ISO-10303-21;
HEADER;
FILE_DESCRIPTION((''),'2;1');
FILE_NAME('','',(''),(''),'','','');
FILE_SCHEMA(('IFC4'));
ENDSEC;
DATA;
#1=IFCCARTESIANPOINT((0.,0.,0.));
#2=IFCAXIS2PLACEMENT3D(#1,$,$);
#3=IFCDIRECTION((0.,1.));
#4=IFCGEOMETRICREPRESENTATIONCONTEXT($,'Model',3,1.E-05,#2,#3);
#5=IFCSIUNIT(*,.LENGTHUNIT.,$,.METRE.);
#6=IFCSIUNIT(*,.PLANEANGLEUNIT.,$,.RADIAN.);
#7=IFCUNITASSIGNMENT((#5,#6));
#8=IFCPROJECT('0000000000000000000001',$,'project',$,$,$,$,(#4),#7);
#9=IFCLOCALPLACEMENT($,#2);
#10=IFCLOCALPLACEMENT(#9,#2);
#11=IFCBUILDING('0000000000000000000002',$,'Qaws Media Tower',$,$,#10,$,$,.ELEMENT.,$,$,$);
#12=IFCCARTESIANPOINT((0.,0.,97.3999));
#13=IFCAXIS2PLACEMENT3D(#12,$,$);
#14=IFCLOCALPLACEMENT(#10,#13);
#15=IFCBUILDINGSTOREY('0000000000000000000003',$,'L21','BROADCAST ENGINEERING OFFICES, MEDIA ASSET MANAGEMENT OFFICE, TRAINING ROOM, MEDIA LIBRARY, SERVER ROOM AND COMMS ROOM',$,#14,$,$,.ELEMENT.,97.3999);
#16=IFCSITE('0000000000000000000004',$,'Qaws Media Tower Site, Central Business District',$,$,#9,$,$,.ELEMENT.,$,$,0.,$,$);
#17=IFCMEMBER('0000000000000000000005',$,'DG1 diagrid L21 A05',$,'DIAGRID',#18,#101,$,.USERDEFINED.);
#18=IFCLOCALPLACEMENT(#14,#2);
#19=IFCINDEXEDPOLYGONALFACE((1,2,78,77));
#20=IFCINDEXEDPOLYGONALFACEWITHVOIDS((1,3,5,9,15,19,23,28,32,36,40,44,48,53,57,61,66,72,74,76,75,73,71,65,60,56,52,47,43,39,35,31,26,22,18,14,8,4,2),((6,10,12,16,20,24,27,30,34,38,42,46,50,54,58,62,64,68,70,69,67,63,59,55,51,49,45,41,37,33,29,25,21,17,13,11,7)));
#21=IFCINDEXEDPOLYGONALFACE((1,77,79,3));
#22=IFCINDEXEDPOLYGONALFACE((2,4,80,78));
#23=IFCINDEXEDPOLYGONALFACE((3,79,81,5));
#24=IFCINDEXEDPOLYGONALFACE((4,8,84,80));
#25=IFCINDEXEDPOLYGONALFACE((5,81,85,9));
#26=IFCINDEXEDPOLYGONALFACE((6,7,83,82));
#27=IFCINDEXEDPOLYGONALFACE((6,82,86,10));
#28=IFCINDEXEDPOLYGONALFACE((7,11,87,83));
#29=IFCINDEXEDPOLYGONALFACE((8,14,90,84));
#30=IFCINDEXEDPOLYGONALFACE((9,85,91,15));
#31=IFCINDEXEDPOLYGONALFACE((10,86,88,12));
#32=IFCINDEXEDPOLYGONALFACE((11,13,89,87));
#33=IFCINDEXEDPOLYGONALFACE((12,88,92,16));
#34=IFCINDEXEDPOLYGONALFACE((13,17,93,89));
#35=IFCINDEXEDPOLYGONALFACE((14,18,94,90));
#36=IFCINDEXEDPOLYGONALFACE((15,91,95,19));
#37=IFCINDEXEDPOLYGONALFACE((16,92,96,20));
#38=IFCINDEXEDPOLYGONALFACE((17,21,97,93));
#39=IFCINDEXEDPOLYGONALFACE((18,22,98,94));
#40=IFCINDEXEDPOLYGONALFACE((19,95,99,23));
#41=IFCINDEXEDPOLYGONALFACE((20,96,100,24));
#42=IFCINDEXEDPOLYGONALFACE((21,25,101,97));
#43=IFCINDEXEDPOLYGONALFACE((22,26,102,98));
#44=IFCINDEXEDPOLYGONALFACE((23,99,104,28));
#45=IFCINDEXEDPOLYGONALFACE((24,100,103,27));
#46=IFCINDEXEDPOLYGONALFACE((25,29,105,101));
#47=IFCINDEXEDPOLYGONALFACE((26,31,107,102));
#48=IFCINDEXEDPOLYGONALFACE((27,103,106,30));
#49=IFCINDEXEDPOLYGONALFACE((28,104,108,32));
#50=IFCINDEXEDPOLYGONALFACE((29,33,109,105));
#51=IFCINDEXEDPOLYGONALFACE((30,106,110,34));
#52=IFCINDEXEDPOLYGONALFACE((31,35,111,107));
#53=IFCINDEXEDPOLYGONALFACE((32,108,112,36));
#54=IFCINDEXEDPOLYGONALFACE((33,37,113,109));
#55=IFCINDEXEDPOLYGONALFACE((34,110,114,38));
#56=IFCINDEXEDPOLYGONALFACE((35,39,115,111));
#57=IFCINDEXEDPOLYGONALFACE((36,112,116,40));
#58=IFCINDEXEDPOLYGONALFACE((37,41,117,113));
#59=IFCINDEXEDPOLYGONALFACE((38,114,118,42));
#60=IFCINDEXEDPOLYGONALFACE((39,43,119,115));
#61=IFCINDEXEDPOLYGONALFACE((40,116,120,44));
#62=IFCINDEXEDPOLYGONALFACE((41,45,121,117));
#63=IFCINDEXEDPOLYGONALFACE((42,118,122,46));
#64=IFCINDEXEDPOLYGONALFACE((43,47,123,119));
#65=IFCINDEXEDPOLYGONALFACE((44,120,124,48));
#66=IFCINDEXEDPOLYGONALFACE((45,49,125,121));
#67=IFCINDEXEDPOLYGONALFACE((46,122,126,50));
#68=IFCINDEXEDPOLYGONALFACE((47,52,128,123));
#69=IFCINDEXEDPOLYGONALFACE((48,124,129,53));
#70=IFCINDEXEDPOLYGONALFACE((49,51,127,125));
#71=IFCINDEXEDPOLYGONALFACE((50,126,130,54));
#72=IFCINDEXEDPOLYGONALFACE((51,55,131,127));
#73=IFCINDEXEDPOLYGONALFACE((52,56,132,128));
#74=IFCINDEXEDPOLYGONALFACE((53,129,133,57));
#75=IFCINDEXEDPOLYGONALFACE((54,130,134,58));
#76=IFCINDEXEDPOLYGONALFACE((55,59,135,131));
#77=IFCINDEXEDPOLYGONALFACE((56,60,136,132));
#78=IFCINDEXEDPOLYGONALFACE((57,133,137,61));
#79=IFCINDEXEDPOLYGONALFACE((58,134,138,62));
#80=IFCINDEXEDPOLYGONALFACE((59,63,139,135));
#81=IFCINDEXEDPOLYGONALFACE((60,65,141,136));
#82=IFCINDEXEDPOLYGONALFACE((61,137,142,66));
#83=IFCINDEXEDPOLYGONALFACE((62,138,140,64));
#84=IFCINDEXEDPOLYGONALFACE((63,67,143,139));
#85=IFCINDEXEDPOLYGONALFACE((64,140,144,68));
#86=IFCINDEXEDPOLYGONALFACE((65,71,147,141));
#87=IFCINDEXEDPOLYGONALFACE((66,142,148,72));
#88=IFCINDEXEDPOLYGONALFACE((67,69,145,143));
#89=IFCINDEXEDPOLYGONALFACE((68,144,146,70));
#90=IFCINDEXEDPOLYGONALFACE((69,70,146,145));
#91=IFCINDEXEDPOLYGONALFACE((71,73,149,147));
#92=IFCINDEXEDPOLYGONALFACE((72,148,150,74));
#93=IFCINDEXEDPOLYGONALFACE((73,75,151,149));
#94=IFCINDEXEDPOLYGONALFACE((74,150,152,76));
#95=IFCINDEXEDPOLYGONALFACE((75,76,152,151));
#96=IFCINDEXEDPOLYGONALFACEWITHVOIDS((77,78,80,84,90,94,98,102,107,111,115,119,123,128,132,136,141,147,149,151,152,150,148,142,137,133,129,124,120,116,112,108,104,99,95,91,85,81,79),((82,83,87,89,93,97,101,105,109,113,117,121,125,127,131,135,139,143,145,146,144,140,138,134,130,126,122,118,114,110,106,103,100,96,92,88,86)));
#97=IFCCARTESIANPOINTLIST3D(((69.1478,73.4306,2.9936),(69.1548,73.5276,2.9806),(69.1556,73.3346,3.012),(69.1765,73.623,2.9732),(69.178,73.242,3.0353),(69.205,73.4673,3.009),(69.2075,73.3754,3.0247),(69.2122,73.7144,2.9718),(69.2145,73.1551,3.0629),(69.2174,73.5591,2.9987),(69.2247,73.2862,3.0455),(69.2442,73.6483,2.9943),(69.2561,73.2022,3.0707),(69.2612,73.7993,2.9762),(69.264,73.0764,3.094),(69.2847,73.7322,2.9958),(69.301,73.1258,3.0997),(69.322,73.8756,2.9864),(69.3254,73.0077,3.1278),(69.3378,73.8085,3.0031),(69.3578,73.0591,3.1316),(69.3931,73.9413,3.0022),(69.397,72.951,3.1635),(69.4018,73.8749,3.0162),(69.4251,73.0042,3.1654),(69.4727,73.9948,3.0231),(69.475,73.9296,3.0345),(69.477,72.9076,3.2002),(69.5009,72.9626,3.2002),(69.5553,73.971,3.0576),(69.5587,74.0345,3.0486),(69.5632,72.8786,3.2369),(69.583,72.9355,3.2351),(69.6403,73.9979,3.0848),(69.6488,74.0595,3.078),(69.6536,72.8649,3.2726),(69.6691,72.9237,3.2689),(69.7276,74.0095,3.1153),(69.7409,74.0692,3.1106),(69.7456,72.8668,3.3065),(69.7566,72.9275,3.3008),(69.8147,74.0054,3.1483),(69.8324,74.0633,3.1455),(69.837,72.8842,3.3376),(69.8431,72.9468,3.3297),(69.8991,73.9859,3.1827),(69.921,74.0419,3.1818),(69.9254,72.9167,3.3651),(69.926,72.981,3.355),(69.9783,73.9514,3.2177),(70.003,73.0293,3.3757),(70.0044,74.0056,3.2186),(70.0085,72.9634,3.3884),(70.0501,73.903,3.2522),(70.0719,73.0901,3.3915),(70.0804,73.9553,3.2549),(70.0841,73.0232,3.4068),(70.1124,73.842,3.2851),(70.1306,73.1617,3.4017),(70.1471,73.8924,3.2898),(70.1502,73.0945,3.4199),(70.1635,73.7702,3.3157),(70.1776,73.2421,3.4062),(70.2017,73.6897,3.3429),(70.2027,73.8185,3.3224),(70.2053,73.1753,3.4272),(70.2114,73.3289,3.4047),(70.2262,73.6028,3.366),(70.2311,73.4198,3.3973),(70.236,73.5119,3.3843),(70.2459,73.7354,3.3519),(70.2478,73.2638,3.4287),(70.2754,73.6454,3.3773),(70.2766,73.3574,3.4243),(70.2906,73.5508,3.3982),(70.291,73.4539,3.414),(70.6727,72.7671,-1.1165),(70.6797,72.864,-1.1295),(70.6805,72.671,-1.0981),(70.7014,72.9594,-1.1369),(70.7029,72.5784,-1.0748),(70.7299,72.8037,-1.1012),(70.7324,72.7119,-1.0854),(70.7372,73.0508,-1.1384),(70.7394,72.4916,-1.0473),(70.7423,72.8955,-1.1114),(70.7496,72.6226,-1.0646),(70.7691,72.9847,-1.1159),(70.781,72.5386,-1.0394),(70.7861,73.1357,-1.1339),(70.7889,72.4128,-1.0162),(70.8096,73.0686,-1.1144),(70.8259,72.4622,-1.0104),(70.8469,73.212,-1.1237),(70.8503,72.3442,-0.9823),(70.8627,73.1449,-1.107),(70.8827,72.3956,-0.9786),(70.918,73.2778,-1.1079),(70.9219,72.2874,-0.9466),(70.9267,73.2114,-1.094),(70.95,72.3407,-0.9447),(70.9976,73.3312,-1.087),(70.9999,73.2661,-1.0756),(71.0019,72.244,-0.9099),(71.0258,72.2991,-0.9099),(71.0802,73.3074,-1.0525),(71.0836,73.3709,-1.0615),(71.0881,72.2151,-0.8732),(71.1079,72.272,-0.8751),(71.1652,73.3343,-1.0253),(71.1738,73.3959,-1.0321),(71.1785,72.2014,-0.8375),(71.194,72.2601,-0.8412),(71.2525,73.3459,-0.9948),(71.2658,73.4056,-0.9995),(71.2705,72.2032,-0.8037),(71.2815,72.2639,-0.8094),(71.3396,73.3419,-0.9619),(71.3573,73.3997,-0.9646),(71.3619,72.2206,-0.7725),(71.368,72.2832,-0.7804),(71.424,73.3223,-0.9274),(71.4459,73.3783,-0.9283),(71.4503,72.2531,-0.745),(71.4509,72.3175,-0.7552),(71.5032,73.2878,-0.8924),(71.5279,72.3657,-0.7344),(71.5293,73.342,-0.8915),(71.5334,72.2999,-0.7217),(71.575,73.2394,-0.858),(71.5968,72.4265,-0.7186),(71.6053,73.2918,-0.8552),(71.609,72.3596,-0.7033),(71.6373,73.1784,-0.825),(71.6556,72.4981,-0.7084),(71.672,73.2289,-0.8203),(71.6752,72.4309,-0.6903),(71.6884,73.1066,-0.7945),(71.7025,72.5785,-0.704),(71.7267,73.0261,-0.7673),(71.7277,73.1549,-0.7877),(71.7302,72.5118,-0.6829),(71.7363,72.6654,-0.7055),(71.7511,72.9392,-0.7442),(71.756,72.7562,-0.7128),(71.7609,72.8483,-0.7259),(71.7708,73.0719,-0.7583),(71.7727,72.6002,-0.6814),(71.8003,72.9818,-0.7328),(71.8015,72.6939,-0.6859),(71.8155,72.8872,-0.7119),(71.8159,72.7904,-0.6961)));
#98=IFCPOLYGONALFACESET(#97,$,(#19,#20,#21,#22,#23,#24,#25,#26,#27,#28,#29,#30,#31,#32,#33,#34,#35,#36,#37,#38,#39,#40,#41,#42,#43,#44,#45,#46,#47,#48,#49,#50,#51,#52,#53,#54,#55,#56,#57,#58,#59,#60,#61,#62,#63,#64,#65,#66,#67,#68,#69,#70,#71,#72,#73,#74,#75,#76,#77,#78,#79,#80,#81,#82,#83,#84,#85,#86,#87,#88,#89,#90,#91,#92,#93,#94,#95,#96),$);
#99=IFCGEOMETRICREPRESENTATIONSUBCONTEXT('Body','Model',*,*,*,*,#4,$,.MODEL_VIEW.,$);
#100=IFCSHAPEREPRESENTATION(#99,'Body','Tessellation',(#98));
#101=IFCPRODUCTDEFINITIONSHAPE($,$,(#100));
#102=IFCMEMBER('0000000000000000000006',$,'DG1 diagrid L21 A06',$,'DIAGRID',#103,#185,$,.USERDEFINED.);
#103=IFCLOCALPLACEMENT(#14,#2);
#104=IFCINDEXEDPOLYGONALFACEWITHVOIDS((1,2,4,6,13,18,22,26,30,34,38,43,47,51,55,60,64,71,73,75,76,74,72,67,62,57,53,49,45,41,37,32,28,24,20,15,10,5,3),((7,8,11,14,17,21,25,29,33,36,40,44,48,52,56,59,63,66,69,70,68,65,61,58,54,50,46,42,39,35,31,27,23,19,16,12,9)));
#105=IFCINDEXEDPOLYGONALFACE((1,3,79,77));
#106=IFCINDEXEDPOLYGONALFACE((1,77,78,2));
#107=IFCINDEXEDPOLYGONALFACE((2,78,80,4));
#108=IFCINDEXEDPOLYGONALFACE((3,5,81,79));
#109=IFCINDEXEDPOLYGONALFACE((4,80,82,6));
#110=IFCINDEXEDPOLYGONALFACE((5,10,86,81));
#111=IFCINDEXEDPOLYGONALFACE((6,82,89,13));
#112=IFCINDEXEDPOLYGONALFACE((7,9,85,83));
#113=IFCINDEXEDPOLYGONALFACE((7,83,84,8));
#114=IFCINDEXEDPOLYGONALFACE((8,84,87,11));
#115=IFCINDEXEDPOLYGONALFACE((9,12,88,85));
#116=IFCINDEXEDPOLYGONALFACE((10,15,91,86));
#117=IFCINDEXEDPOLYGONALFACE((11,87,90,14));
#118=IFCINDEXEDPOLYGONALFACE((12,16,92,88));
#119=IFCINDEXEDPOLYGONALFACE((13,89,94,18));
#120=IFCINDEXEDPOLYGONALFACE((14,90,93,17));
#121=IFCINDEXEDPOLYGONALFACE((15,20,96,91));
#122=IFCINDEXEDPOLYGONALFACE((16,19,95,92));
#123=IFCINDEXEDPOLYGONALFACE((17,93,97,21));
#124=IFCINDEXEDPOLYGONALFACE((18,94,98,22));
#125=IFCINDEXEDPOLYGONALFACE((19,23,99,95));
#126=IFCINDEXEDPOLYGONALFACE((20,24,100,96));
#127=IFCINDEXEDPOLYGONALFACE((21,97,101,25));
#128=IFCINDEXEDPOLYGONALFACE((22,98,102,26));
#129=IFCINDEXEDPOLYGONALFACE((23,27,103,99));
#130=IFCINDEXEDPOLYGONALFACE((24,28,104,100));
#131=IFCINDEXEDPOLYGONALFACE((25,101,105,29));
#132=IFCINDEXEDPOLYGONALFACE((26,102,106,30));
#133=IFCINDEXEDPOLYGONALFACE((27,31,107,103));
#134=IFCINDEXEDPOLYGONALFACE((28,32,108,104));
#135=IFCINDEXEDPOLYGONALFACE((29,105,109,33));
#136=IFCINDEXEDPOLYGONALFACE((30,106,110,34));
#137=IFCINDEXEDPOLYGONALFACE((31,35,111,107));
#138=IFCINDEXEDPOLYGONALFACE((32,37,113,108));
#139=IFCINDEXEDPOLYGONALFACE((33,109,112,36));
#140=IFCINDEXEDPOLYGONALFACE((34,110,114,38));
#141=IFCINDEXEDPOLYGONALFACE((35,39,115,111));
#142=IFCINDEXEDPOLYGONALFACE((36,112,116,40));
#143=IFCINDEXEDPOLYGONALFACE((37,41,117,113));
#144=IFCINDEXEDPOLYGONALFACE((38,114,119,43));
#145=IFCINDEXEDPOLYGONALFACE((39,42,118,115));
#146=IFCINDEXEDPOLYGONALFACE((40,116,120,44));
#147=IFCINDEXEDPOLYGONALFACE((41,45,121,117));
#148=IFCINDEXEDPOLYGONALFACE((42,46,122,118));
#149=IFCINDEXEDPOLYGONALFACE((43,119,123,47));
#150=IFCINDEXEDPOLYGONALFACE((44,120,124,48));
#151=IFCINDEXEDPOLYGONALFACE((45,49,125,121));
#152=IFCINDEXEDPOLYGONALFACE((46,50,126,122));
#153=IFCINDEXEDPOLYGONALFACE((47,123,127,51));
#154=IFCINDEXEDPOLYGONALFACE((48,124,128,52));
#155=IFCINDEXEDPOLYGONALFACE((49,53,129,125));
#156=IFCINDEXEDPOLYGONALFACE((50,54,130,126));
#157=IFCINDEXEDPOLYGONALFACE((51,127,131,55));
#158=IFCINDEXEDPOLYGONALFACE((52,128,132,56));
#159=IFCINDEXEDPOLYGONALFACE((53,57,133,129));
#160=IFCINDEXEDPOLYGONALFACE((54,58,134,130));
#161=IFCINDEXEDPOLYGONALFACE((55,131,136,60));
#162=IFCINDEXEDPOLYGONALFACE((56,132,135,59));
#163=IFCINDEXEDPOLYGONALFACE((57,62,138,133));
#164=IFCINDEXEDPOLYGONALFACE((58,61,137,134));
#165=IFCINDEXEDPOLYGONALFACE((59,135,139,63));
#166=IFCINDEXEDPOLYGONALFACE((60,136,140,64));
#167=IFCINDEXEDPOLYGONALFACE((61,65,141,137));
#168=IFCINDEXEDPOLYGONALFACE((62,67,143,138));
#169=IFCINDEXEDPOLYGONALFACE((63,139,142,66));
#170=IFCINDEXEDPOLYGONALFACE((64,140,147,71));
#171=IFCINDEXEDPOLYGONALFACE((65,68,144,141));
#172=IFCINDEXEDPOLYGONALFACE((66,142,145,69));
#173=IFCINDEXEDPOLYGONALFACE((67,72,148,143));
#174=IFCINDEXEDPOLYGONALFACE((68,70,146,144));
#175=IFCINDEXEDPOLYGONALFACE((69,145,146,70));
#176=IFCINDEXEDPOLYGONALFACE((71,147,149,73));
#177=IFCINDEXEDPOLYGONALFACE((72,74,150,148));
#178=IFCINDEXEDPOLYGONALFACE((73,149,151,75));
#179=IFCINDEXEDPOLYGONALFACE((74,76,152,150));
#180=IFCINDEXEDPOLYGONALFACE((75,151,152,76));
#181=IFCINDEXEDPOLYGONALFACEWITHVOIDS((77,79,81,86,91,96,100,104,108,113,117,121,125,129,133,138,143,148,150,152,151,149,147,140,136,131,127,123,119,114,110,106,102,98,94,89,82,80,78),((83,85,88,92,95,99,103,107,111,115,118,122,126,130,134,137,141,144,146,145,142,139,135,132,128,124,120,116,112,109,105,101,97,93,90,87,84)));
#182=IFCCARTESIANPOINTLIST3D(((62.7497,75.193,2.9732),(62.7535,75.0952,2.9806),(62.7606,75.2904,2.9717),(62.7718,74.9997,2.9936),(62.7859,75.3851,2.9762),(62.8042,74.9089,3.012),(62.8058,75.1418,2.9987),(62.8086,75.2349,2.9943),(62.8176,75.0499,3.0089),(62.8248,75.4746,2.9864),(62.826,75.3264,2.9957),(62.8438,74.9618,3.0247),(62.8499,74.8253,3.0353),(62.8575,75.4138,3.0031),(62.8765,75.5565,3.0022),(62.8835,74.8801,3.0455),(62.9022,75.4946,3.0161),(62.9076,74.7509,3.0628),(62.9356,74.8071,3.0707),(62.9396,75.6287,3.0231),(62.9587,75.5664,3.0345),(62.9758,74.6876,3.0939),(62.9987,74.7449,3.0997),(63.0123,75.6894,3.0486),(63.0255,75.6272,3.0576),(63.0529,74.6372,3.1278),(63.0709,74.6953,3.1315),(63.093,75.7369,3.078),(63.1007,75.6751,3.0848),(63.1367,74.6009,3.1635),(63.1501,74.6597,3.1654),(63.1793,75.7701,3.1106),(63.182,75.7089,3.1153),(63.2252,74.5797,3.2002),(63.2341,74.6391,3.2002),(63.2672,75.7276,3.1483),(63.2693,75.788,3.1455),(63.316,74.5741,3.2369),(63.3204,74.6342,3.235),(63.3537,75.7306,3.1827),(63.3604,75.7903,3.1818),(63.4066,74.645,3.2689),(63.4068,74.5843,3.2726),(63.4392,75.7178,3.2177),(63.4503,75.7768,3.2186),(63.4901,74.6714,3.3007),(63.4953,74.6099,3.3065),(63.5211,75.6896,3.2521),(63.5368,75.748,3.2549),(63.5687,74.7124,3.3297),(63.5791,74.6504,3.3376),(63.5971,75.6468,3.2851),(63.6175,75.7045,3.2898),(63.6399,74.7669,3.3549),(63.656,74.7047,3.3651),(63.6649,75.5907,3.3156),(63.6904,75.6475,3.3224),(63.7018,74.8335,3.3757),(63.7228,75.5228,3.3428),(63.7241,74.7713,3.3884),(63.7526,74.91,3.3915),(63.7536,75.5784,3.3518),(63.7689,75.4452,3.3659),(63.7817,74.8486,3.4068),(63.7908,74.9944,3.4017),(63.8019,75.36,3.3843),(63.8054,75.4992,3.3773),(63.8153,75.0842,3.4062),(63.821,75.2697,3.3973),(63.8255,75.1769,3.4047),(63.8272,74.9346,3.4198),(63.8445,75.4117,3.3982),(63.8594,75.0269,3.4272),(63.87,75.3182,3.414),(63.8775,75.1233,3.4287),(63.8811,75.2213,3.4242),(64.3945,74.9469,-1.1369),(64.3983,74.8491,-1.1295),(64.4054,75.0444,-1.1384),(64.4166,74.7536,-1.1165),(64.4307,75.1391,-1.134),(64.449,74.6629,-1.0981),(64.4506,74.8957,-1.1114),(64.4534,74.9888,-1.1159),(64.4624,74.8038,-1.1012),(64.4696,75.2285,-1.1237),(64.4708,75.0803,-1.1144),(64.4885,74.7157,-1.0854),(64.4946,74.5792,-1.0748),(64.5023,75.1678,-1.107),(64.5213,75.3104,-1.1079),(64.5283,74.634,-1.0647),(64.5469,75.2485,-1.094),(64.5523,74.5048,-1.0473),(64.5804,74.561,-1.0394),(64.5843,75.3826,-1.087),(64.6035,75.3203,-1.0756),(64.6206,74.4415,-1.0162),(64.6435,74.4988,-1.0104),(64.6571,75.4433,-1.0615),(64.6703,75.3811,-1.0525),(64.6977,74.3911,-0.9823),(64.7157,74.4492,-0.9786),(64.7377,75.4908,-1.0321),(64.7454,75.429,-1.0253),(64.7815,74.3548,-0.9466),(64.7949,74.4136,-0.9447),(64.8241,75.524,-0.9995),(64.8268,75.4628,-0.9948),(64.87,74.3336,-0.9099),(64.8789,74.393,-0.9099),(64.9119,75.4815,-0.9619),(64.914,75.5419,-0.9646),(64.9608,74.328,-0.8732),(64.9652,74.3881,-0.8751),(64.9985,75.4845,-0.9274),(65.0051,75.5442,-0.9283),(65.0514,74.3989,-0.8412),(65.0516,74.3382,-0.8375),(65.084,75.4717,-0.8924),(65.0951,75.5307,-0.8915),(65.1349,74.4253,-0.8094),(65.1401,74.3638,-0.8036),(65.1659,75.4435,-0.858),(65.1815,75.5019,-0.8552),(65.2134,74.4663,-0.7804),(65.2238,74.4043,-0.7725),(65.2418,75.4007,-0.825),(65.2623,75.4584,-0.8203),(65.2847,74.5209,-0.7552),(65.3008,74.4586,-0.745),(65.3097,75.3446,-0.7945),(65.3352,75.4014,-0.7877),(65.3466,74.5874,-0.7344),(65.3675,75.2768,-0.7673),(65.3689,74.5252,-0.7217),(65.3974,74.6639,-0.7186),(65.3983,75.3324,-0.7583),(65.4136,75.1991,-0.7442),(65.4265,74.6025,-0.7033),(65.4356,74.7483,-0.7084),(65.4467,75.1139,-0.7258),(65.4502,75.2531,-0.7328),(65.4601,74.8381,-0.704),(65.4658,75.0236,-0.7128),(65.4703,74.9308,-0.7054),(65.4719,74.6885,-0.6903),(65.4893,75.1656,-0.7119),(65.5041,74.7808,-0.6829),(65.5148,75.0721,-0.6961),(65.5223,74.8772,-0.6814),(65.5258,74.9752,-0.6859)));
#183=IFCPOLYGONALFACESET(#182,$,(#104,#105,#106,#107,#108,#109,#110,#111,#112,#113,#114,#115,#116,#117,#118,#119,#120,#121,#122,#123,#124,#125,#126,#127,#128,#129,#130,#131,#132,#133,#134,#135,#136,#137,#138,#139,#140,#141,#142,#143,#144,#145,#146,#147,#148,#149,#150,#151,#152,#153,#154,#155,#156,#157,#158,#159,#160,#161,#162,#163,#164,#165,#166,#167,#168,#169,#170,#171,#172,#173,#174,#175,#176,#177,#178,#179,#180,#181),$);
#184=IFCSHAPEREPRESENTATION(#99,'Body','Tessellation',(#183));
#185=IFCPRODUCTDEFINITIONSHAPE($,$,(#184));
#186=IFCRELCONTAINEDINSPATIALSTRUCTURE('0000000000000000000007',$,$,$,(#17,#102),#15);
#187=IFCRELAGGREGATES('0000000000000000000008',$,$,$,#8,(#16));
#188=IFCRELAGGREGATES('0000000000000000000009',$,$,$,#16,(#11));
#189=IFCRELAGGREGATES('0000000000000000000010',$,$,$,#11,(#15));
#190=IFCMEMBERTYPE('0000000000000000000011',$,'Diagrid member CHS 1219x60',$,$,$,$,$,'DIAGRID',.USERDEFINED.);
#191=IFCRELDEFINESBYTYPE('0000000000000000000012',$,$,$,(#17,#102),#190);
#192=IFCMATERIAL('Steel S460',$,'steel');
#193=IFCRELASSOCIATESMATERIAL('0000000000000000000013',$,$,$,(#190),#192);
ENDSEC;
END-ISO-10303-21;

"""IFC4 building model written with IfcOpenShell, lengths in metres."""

from ifc_helpers import new_model, si_unit, direction, frame, origin, origin_2d, place, context, subcontext, project, spatial, hollow_circle, extrude, material, material_profile, profile_set, type_object, element, save


model = new_model("IFC4")

# Units and contexts
model_context = context("Model", 3, precision=1e-05, world=origin(), true_north=direction((0.0, 1.0)))
body_context = subcontext(model_context, "Body", "Model", "MODEL_VIEW")
ifc_project = project(units=[si_unit("LENGTHUNIT", "METRE"), si_unit("PLANEANGLEUNIT", "RADIAN")], contexts=[model_context])

# Site, building, storey
site_placement = place(None, origin())
site = spatial("IfcSite", under=ifc_project, at=site_placement, Name="Qaws Media Tower Site, Central Business District", CompositionType="ELEMENT", RefElevation=0.0)
building_placement = place(site_placement, origin())
building = spatial("IfcBuilding", under=site, at=building_placement, Name="Qaws Media Tower", CompositionType="ELEMENT")
storey_placement = place(building_placement, frame((0.0, 0.0, 97.3999)))
storey = spatial("IfcBuildingStorey", under=building, at=storey_placement, Name="L21", Description="BROADCAST ENGINEERING OFFICES, MEDIA ASSET MANAGEMENT OFFICE, TRAINING ROOM, MEDIA LIBRARY, SERVER ROOM AND COMMS ROOM", CompositionType="ELEMENT", Elevation=97.3999)

# Members
ifc_material_1 = material(Name="Steel S460", Category="steel")
ifc_material_profile_1 = material_profile(ifc_material_1, hollow_circle(Radius=0.6096, WallThickness=0.0601, at=origin_2d()), Name="CHS 1219x60")
ifc_profile_set_1 = profile_set([ifc_material_profile_1], Name="Steel S460")
member_type_1 = type_object("IfcMemberType", Name="Diagrid member CHS 1219x60", ElementType="DIAGRID", PredefinedType="USERDEFINED", material=ifc_profile_set_1)
for number, where, z_axis, x_axis, name in (
    (1, (71.2451, 72.803, -0.9099), (-0.343926, 0.149662, 0.926993), (-0.399016, -0.916944, 0.0), "DG1 diagrid L21 A05"),
    (2, (64.9602, 74.9365, -0.9099), (-0.370961, 0.055504, 0.926988), (-0.147974, -0.988991, 0.0), "DG1 diagrid L21 A06"),
):
    element("IfcMember", number, at=place(storey_placement, frame(where, z_axis=z_axis, x_axis=x_axis)), inside=storey, type_object=member_type_1, Name=name, ObjectType="DIAGRID", PredefinedType="USERDEFINED", context=body_context, shape_type="SweptSolid", body=[
        extrude(hollow_circle(Radius=0.6096, WallThickness=0.0601, at=origin_2d()), origin(), (0.0, 0.0, 1.0), 4.4338),
    ])

save(model, "model.ifc")
